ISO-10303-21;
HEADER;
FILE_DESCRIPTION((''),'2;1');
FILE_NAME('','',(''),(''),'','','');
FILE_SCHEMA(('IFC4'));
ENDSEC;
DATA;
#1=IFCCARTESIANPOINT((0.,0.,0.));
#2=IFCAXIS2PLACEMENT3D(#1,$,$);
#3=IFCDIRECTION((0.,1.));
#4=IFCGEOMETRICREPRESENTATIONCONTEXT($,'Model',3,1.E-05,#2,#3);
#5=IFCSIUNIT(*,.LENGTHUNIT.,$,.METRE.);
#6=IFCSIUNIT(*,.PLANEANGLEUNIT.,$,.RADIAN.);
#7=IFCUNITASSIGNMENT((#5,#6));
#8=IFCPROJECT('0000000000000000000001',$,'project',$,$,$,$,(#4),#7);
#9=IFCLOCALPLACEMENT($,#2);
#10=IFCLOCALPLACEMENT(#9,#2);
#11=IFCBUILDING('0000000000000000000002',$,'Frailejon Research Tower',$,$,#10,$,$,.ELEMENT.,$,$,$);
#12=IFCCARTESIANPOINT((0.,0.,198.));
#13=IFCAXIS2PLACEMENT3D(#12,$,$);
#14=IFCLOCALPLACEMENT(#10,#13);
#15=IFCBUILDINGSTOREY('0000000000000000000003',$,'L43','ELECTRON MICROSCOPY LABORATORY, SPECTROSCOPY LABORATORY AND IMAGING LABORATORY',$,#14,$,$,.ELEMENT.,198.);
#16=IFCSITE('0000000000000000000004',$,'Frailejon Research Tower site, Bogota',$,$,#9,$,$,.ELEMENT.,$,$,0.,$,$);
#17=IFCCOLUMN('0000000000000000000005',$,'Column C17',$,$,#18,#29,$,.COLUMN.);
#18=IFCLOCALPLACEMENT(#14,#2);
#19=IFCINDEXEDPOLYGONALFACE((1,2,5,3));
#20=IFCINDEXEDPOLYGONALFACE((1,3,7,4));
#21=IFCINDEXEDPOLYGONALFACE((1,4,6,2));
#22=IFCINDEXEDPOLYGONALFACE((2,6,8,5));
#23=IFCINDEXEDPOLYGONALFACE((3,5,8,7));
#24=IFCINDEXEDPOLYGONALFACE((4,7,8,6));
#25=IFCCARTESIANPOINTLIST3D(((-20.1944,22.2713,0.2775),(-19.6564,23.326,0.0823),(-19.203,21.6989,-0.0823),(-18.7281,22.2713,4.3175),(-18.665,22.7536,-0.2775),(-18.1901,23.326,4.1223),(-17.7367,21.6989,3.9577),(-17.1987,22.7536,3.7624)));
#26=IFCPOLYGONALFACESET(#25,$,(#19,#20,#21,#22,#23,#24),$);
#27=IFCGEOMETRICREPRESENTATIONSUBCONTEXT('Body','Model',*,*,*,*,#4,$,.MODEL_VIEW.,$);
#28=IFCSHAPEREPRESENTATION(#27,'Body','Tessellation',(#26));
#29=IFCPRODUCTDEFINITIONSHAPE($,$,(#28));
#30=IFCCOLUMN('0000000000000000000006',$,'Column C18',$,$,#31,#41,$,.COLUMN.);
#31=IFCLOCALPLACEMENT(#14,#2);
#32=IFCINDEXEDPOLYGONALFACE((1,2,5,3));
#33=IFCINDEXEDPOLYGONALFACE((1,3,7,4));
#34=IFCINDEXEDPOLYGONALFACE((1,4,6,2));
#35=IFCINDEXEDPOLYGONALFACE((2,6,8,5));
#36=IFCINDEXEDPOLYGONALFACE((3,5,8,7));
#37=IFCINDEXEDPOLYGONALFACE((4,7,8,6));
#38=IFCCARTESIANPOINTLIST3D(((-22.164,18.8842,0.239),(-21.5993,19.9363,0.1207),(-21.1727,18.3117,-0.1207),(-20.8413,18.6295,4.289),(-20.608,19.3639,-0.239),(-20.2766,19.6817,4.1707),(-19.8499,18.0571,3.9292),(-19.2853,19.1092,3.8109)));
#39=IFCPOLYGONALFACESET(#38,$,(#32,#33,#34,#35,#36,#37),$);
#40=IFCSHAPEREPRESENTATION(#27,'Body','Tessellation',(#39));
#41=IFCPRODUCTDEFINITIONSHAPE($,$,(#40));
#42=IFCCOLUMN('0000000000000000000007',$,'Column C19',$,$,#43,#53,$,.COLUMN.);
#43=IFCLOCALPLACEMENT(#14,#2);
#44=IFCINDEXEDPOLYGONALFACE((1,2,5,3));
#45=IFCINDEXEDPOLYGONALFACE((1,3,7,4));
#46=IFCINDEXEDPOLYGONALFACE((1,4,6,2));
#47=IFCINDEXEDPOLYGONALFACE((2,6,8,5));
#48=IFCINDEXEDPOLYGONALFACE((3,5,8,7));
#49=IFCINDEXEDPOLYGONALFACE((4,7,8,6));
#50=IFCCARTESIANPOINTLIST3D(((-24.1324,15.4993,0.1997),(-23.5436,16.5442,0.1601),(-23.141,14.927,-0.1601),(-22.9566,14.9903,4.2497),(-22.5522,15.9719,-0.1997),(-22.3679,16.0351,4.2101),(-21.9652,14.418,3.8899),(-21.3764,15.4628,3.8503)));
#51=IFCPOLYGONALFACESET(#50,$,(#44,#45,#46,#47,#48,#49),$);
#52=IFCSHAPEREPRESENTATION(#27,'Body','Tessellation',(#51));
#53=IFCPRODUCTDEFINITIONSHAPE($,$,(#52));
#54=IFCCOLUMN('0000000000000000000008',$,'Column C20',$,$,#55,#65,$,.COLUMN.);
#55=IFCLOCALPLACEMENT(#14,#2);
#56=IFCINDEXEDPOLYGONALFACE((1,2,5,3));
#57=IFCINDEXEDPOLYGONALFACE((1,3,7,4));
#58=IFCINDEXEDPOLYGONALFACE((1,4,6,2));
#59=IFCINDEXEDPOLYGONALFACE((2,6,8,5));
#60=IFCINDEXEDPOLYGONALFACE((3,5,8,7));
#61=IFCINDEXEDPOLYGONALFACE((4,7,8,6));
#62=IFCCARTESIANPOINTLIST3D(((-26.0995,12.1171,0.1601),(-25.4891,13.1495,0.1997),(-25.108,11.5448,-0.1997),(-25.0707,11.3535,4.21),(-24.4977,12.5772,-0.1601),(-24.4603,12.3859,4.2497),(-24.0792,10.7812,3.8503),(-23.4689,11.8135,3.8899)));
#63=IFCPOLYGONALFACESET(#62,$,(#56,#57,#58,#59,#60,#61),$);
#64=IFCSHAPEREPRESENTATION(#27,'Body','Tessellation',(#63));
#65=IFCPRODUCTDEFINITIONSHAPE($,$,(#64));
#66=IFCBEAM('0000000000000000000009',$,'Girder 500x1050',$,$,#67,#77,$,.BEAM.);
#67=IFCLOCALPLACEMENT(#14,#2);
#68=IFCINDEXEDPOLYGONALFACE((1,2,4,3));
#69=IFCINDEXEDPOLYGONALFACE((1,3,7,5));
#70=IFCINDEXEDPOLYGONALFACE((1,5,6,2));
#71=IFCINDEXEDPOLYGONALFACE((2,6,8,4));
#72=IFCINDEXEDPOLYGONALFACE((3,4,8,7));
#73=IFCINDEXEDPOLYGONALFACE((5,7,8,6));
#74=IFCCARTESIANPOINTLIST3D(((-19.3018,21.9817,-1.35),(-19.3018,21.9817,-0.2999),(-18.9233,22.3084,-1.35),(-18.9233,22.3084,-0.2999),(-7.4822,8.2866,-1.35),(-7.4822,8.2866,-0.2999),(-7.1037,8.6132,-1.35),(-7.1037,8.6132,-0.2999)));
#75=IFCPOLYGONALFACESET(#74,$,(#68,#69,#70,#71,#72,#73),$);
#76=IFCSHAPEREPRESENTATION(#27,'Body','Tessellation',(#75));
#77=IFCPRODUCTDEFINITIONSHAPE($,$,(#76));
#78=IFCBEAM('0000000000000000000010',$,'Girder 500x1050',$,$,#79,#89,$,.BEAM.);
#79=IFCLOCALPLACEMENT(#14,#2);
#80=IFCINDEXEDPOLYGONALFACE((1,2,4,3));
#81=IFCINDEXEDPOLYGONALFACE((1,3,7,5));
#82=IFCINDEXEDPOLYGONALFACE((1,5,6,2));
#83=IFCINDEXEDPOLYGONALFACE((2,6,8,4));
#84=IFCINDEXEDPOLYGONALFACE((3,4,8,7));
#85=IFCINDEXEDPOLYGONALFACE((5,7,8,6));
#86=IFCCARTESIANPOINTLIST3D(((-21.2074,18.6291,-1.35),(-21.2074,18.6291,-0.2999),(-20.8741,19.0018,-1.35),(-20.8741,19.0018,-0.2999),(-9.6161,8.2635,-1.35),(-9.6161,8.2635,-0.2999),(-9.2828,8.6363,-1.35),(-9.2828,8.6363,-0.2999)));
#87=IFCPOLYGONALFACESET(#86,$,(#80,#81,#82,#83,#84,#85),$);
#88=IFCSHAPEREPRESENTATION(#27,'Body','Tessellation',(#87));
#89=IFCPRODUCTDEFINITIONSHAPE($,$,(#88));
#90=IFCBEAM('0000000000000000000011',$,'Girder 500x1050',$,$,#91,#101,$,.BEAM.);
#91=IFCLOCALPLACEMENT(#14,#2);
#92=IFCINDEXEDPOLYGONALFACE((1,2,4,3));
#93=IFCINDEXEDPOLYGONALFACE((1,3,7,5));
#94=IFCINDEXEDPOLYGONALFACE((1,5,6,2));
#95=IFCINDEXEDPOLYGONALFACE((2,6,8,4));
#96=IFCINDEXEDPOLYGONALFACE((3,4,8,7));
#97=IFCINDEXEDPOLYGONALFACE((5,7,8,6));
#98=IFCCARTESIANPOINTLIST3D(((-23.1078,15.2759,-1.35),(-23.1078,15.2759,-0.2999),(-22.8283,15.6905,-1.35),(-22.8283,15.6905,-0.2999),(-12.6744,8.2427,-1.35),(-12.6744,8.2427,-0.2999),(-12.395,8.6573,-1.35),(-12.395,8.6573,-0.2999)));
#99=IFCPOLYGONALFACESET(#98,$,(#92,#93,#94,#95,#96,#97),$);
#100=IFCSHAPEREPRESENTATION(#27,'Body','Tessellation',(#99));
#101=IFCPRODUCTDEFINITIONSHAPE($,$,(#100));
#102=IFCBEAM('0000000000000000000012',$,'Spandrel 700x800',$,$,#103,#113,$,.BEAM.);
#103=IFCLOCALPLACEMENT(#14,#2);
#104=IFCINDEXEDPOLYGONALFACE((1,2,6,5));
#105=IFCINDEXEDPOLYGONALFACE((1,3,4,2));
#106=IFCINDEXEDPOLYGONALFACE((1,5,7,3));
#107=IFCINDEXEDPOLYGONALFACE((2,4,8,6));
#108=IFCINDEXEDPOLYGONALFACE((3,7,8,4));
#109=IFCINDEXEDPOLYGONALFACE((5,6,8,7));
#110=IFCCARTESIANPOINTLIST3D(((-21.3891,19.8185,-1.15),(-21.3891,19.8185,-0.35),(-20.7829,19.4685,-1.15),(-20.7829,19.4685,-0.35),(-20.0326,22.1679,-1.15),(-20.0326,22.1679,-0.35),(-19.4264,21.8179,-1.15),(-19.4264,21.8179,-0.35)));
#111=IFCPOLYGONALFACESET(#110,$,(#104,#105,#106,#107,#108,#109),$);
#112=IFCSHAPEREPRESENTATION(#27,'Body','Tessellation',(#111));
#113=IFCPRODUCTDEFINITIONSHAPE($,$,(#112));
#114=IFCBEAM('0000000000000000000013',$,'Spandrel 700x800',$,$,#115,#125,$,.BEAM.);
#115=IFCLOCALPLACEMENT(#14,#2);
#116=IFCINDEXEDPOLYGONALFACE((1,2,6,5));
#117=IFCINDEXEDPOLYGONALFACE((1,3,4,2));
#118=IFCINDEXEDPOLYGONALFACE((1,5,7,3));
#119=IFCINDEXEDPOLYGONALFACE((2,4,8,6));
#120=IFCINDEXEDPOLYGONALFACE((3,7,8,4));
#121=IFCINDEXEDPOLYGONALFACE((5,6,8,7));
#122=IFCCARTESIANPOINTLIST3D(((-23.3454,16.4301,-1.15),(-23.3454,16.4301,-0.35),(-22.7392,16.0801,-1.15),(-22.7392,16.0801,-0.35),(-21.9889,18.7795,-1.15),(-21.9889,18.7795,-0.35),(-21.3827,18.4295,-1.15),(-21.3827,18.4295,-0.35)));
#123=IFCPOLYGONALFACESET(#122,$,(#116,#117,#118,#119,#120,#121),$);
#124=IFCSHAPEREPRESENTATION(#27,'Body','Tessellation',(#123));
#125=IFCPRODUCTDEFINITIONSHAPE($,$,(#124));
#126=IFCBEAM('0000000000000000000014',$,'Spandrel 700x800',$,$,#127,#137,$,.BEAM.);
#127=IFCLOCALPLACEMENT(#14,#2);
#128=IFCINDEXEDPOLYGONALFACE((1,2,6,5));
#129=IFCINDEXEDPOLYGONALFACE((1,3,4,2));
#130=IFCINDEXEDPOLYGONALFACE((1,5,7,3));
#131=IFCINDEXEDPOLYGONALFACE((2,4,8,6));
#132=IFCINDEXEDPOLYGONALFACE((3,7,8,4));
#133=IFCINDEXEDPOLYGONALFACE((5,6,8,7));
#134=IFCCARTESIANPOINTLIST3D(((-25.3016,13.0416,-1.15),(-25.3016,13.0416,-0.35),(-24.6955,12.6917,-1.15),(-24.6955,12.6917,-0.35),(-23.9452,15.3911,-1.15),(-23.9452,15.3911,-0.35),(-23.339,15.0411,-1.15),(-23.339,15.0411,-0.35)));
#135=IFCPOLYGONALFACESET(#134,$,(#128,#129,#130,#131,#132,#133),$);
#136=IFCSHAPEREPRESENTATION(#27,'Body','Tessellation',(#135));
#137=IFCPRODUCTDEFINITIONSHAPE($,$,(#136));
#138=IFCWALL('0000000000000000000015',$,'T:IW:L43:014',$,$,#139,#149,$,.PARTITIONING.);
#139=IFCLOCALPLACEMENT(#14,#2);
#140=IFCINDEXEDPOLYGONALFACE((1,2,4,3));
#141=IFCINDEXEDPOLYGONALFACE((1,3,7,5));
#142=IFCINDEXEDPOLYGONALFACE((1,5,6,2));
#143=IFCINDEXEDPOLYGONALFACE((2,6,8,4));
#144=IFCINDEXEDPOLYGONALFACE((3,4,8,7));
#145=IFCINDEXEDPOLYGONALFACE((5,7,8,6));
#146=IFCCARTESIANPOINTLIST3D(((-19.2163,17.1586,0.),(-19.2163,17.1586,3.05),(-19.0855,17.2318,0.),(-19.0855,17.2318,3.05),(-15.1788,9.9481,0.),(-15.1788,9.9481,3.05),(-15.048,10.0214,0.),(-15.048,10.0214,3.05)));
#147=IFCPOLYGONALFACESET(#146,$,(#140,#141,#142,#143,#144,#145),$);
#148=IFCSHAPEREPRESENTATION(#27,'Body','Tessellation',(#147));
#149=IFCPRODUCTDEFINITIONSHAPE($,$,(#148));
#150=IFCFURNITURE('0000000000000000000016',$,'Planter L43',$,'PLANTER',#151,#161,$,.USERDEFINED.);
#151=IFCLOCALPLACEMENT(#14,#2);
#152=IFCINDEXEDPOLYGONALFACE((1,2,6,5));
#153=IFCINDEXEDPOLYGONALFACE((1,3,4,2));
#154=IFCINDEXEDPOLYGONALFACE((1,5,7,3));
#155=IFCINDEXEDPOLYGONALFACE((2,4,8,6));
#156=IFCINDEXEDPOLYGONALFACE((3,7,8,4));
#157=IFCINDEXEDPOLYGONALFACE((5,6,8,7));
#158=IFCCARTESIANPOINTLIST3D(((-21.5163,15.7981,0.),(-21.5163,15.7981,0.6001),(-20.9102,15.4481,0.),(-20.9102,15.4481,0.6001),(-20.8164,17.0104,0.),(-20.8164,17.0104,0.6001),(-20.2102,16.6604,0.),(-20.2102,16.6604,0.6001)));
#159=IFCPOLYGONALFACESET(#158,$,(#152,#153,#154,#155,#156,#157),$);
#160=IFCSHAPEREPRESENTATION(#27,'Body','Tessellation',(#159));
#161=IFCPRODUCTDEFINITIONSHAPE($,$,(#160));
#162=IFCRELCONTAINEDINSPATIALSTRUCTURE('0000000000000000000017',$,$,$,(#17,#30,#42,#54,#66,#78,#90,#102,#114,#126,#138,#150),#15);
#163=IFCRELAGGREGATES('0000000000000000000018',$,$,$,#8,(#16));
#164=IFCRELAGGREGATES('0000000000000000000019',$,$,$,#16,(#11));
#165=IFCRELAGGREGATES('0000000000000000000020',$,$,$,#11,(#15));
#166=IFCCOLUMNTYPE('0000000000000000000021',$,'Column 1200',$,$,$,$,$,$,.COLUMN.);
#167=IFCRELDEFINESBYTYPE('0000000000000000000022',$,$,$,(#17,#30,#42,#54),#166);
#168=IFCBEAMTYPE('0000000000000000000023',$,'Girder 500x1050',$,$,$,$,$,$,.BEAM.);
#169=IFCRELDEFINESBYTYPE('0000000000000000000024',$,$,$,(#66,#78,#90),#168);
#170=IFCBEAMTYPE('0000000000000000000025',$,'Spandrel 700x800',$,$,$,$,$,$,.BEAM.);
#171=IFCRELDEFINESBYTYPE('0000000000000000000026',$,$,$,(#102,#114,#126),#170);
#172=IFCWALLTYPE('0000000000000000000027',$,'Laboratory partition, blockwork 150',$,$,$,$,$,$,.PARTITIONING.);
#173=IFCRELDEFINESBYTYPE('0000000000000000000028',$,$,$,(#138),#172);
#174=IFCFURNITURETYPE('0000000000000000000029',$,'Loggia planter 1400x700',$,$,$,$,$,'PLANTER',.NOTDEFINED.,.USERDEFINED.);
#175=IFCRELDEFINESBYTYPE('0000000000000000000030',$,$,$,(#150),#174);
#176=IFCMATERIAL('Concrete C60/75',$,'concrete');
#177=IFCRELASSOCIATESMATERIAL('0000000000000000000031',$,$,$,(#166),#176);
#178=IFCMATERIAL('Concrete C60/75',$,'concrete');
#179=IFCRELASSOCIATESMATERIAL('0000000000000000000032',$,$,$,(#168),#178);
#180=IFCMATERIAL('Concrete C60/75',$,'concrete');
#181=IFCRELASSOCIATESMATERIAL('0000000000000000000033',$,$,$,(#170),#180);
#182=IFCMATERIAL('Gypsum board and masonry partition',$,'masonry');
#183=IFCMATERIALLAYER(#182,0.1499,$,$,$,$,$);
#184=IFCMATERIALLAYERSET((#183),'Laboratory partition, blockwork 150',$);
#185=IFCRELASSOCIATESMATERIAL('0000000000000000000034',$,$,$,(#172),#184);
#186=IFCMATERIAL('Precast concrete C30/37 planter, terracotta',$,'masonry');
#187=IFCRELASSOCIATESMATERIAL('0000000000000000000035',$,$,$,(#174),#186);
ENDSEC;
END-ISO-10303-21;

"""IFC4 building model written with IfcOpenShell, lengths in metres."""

from ifc_helpers import new_model, si_unit, direction, frame, frame_2d, origin, origin_2d, place, context, subcontext, project, spatial, rectangle, extrude, material, layer, layer_set, material_profile, profile_set, type_object, element, save


model = new_model("IFC4")

# Units and contexts
model_context = context("Model", 3, precision=1e-05, world=origin(), true_north=direction((0.0, 1.0)))
body_context = subcontext(model_context, "Body", "Model", "MODEL_VIEW")
ifc_project = project(units=[si_unit("LENGTHUNIT", "METRE"), si_unit("PLANEANGLEUNIT", "RADIAN")], contexts=[model_context])

# Site, building, storey
site_placement = place(None, origin())
site = spatial("IfcSite", under=ifc_project, at=site_placement, Name="Frailejon Research Tower site, Bogota", CompositionType="ELEMENT", RefElevation=0.0)
building_placement = place(site_placement, origin())
building = spatial("IfcBuilding", under=site, at=building_placement, Name="Frailejon Research Tower", CompositionType="ELEMENT")
storey_placement = place(building_placement, frame((0.0, 0.0, 198.0)))
storey = spatial("IfcBuildingStorey", under=building, at=storey_placement, Name="L43", Description="ELECTRON MICROSCOPY LABORATORY, SPECTROSCOPY LABORATORY AND IMAGING LABORATORY", CompositionType="ELEMENT", Elevation=198.0)

# Columns
ifc_material_1 = material(Name="Concrete C60/75", Category="concrete")
ifc_material_profile_1 = material_profile(ifc_material_1, rectangle(XDim=1.2, YDim=1.2, at=origin_2d()), Name="Column 1200")
ifc_profile_set_1 = profile_set([ifc_material_profile_1], Name="Concrete C60/75")
column_type = type_object("IfcColumnType", Name="Column 1200", PredefinedType="COLUMN", material=ifc_profile_set_1)
column_1_placement = place(storey_placement, frame((-19.4297, 22.5125, 0.0), z_axis=(0.341168, 0.0, 0.940002), x_axis=(-0.44838, -0.878904, 0.162737)))
element("IfcColumn", 1, at=column_1_placement, inside=storey, type_object=column_type, Name="Column C17", PredefinedType="COLUMN", context=body_context, shape_type="SweptSolid", body=[
    extrude(rectangle(XDim=1.2, YDim=1.2, at=origin_2d()), origin(), (0.0, 0.0, 1.0), 4.2979),
])
column_2_placement = place(storey_placement, frame((-21.386, 19.124, 0.0), z_axis=(0.30991, -0.05966, 0.948892), x_axis=(-0.470578, -0.876836, 0.098563)))
element("IfcColumn", 2, at=column_2_placement, inside=storey, type_object=column_type, Name="Column C18", PredefinedType="COLUMN", context=body_context, shape_type="SweptSolid", body=[
    extrude(rectangle(XDim=1.2, YDim=1.2, at=origin_2d()), origin(), (0.0, 0.0, 1.0), 4.2681),
])
for number, where, z_axis, x_axis, name in (
    (3, (-23.3423, 15.7356, 0.0), (0.276793, -0.119832, 0.953429), (-0.490652, -0.87073, 0.033004), "Column C19"),
    (4, (-25.2986, 12.3472, 0.0), (0.242193, -0.179777, 0.953427), (-0.508629, -0.860352, -0.033023), "Column C20"),
):
    element("IfcColumn", number, at=place(storey_placement, frame(where, z_axis=z_axis, x_axis=x_axis)), inside=storey, type_object=column_type, Name=name, PredefinedType="COLUMN", context=body_context, shape_type="SweptSolid", body=[
        extrude(rectangle(XDim=1.2, YDim=1.2, at=origin_2d()), origin(), (0.0, 0.0, 1.0), 4.2478),
    ])

# Beams
ifc_material_2 = material(Name="Concrete C60/75", Category="concrete")
ifc_material_profile_2 = material_profile(ifc_material_2, rectangle(XDim=0.5, YDim=1.05, at=origin_2d()), Name="Girder 500x1050")
ifc_profile_set_2 = profile_set([ifc_material_profile_2], Name="Concrete C60/75")
beam_type_1 = type_object("IfcBeamType", Name="Girder 500x1050", PredefinedType="BEAM", material=ifc_profile_set_2)
beam_1_placement = place(storey_placement, frame((-19.1125, 22.145, -0.825), z_axis=(0.653367, -0.757041, 0.0), x_axis=(0.757041, 0.653367, 0.0)))
element("IfcBeam", 5, at=beam_1_placement, inside=storey, type_object=beam_type_1, Name="Girder 500x1050", PredefinedType="BEAM", context=body_context, shape_type="SweptSolid", body=[
    extrude(rectangle(XDim=0.5, YDim=1.05, at=origin_2d()), origin(), (0.0, 0.0, 1.0), 18.0903),
])
beam_2_placement = place(storey_placement, frame((-21.0408, 18.8154, -0.825), z_axis=(0.745423, -0.666592, 0.0), x_axis=(0.666592, 0.745423, 0.0)))
element("IfcBeam", 6, at=beam_2_placement, inside=storey, type_object=beam_type_1, Name="Girder 500x1050", PredefinedType="BEAM", context=body_context, shape_type="SweptSolid", body=[
    extrude(rectangle(XDim=0.5, YDim=1.05, at=origin_2d()), origin(), (0.0, 0.0, 1.0), 15.55),
])
beam_3_placement = place(storey_placement, frame((-22.968, 15.4832, -0.825), z_axis=(0.829192, -0.558965, 0.0), x_axis=(0.558965, 0.829192, 0.0)))
element("IfcBeam", 7, at=beam_3_placement, inside=storey, type_object=beam_type_1, Name="Girder 500x1050", PredefinedType="BEAM", context=body_context, shape_type="SweptSolid", body=[
    extrude(rectangle(XDim=0.5, YDim=1.05, at=origin_2d()), origin(), (0.0, 0.0, 1.0), 12.5825),
])
ifc_material_3 = material(Name="Concrete C60/75", Category="concrete")
ifc_material_profile_3 = material_profile(ifc_material_3, rectangle(XDim=0.7, YDim=0.8, at=origin_2d()), Name="Spandrel 700x800")
ifc_profile_set_3 = profile_set([ifc_material_profile_3], Name="Concrete C60/75")
beam_type_2 = type_object("IfcBeamType", Name="Spandrel 700x800", PredefinedType="BEAM", material=ifc_profile_set_3)
for number, where, z_axis, x_axis, name in (
    (8, (-19.7295, 21.9929, -0.75), (-0.500011, -0.866019, 0.0), (0.866019, -0.500011, 0.0), "Spandrel 700x800"),
    (9, (-21.6858, 18.6045, -0.75), (-0.500011, -0.866019, 0.0), (0.866019, -0.500011, 0.0), "Spandrel 700x800"),
    (10, (-23.6421, 15.2161, -0.75), (-0.500011, -0.866019, 0.0), (0.866019, -0.500011, 0.0), "Spandrel 700x800"),
):
    element("IfcBeam", number, at=place(storey_placement, frame(where, z_axis=z_axis, x_axis=x_axis)), inside=storey, type_object=beam_type_2, Name=name, PredefinedType="BEAM", context=body_context, shape_type="SweptSolid", body=[
        extrude(rectangle(XDim=0.7, YDim=0.8, at=origin_2d()), origin(), (0.0, 0.0, 1.0), 2.7129),
    ])

# Wall
ifc_material_4 = material(Name="Gypsum board and masonry partition", Category="masonry")
ifc_layer_1 = layer(ifc_material_4, 0.1499)
ifc_layer_set_1 = layer_set([ifc_layer_1], Name="Laboratory partition, blockwork 150")
wall_type_1 = type_object("IfcWallType", Name="Laboratory partition, blockwork 150", PredefinedType="PARTITIONING", material=ifc_layer_set_1)
wall_1_placement = place(storey_placement, frame((-19.1509, 17.1951, 0.0), z_axis=(0.0, 0.0, 1.0), x_axis=(0.48858, -0.872519, 0.0)))
element("IfcWall", 11, at=wall_1_placement, inside=storey, type_object=wall_type_1, Name="T:IW:L43:014", PredefinedType="PARTITIONING", context=body_context, shape_type="SweptSolid", body=[
    extrude(rectangle(XDim=8.2639, YDim=0.1499, at=frame_2d((4.1318, 0.0))), origin(), (0.0, 0.0, 1.0), 3.05),
])

# Furniture
ifc_material_5 = material(Name="Precast concrete C30/37 planter, terracotta", Category="masonry")
furniture_type = type_object("IfcFurnitureType", Name="Loggia planter 1400x700", ElementType="PLANTER", AssemblyPlace="NOTDEFINED", PredefinedType="USERDEFINED", material=ifc_material_5)
furniture_placement = place(storey_placement, frame((-20.8633, 16.2292, 0.0), z_axis=(0.0, 0.0, 1.0), x_axis=(-0.5, -0.866025, 0.0)))
element("IfcFurniture", 12, at=furniture_placement, inside=storey, type_object=furniture_type, Name="Planter L43", ObjectType="PLANTER", PredefinedType="USERDEFINED", context=body_context, shape_type="SweptSolid", body=[
    extrude(rectangle(XDim=1.3999, YDim=0.7, at=origin_2d()), origin(), (0.0, 0.0, 1.0), 0.6001),
])

save(model, "model.ifc")
